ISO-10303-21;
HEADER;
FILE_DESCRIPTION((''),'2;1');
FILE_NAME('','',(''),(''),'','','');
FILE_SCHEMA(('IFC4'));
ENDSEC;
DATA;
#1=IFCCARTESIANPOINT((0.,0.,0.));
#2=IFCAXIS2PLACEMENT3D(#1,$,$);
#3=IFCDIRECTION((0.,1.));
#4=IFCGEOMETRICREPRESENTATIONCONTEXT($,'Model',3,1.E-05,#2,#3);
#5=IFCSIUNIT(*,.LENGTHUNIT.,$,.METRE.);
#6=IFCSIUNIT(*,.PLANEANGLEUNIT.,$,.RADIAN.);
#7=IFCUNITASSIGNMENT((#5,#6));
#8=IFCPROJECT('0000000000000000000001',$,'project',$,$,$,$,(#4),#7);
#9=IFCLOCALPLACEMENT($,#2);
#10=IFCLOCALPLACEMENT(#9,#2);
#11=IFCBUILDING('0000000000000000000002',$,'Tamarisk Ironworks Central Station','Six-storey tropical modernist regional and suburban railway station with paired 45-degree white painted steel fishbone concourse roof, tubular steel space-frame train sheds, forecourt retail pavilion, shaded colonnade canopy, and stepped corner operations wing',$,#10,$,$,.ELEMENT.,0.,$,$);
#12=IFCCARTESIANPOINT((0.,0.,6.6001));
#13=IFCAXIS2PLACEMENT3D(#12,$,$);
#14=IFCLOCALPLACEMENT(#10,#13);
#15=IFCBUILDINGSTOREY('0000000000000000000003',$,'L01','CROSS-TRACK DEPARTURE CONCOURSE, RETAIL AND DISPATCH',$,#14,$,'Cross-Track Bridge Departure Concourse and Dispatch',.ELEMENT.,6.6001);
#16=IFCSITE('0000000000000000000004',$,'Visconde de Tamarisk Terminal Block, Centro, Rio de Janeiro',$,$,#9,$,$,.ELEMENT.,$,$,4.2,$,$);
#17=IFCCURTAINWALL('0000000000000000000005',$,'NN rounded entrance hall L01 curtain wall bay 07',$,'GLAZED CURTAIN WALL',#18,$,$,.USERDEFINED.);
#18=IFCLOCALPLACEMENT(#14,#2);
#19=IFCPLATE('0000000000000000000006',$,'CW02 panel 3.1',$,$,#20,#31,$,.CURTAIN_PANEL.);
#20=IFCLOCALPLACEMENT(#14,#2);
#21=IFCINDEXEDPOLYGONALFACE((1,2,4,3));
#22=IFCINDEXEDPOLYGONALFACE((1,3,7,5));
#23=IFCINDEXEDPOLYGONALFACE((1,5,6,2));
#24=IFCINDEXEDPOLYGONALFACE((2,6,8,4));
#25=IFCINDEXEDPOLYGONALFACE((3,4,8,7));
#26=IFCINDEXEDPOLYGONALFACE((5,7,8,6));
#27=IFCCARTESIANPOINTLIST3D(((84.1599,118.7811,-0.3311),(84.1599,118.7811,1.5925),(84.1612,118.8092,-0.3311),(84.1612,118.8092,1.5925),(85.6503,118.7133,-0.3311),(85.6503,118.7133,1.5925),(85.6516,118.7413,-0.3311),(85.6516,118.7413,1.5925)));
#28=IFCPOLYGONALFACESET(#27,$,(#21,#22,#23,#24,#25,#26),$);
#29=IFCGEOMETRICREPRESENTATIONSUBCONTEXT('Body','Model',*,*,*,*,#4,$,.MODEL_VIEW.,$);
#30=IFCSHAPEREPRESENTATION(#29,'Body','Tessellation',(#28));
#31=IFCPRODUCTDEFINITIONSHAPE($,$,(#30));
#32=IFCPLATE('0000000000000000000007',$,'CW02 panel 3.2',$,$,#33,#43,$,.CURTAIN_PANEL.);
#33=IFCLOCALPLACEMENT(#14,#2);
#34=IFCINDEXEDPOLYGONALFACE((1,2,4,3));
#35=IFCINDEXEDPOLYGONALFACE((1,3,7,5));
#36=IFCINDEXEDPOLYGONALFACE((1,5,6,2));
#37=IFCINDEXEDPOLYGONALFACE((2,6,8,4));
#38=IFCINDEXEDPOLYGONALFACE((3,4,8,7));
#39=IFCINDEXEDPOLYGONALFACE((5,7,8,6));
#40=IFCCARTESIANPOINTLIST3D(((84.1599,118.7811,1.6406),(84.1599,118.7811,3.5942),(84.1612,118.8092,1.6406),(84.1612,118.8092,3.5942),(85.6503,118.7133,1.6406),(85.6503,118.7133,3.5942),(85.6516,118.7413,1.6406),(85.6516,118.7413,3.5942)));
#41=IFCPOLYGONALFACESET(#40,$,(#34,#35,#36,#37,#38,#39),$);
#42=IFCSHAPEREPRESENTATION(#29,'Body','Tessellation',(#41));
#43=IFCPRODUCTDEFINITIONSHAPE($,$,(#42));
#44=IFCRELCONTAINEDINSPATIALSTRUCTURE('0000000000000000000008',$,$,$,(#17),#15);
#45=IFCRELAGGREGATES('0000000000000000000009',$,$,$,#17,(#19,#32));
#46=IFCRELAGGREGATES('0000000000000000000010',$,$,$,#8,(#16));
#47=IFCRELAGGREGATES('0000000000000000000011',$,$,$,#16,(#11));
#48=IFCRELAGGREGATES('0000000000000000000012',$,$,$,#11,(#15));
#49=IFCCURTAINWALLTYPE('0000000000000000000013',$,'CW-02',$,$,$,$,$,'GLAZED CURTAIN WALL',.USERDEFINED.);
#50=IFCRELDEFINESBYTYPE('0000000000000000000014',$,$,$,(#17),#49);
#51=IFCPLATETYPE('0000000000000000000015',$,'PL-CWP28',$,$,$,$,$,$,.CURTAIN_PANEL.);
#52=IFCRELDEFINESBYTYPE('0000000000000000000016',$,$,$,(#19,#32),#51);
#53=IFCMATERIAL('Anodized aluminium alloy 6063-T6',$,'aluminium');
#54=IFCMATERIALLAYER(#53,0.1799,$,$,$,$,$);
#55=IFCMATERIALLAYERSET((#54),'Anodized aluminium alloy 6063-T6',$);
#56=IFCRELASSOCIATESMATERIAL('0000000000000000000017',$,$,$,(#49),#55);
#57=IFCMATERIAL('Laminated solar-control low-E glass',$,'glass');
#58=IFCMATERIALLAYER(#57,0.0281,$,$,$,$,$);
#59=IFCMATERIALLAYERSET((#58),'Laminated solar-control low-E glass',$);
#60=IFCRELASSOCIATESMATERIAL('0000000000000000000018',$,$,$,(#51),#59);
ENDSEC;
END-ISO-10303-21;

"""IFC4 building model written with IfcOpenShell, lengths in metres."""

from ifc_helpers import new_model, si_unit, direction, frame, origin, origin_2d, place, context, subcontext, project, spatial, rectangle, extrude, material, layer, layer_set, type_object, element, aggregate, save


model = new_model("IFC4")

# Units and contexts
model_context = context("Model", 3, precision=1e-05, world=origin(), true_north=direction((0.0, 1.0)))
body_context = subcontext(model_context, "Body", "Model", "MODEL_VIEW")
ifc_project = project(units=[si_unit("LENGTHUNIT", "METRE"), si_unit("PLANEANGLEUNIT", "RADIAN")], contexts=[model_context])

# Site, building, storey
site_placement = place(None, origin())
site = spatial("IfcSite", under=ifc_project, at=site_placement, Name="Visconde de Tamarisk Terminal Block, Centro, Rio de Janeiro", CompositionType="ELEMENT", RefElevation=4.2)
building_placement = place(site_placement, origin())
building = spatial("IfcBuilding", under=site, at=building_placement, Name="Tamarisk Ironworks Central Station", Description="Six-storey tropical modernist regional and suburban railway station with paired 45-degree white painted steel fishbone concourse roof, tubular steel space-frame train sheds, forecourt retail pavilion, shaded colonnade canopy, and stepped corner operations wing", CompositionType="ELEMENT", ElevationOfRefHeight=0.0)
storey_placement = place(building_placement, frame((0.0, 0.0, 6.6001)))
storey = spatial("IfcBuildingStorey", under=building, at=storey_placement, Name="L01", Description="CROSS-TRACK DEPARTURE CONCOURSE, RETAIL AND DISPATCH", LongName="Cross-Track Bridge Departure Concourse and Dispatch", CompositionType="ELEMENT", Elevation=6.6001)

# Curtain wall, plates
ifc_material_1 = material(Name="Anodized aluminium alloy 6063-T6", Category="aluminium")
ifc_layer_1 = layer(ifc_material_1, 0.1799)
ifc_layer_set_1 = layer_set([ifc_layer_1], Name="Anodized aluminium alloy 6063-T6")
curtain_wall_type = type_object("IfcCurtainWallType", Name="CW-02", ElementType="GLAZED CURTAIN WALL", PredefinedType="USERDEFINED", material=ifc_layer_set_1)
curtain_wall_placement = place(storey_placement, origin())
curtain_wall = element("IfcCurtainWall", 1, at=curtain_wall_placement, inside=storey, type_object=curtain_wall_type, Name="NN rounded entrance hall L01 curtain wall bay 07", ObjectType="GLAZED CURTAIN WALL", PredefinedType="USERDEFINED")
ifc_material_2 = material(Name="Laminated solar-control low-E glass", Category="glass")
ifc_layer_2 = layer(ifc_material_2, 0.0281)
ifc_layer_set_2 = layer_set([ifc_layer_2], Name="Laminated solar-control low-E glass")
plate_type = type_object("IfcPlateType", Name="PL-CWP28", PredefinedType="CURTAIN_PANEL", material=ifc_layer_set_2)
plate_1_placement = place(storey_placement, frame((84.9058, 118.7612, -0.3311), z_axis=(0.0, 0.0, 1.0), x_axis=(0.998965, -0.045481, 0.0)))
plate_1 = element("IfcPlate", 2, at=plate_1_placement, type_object=plate_type, Name="CW02 panel 3.1", PredefinedType="CURTAIN_PANEL", context=body_context, shape_type="SweptSolid", body=[
    extrude(rectangle(XDim=1.4919, YDim=0.0281, at=origin_2d()), origin(), (0.0, 0.0, 1.0), 1.9236),
])
plate_2_placement = place(storey_placement, frame((84.9058, 118.7612, 1.6406), z_axis=(0.0, 0.0, 1.0), x_axis=(0.998965, -0.045481, 0.0)))
plate_2 = element("IfcPlate", 3, at=plate_2_placement, type_object=plate_type, Name="CW02 panel 3.2", PredefinedType="CURTAIN_PANEL", context=body_context, shape_type="SweptSolid", body=[
    extrude(rectangle(XDim=1.4919, YDim=0.0281, at=origin_2d()), origin(), (0.0, 0.0, 1.0), 1.9536),
])
aggregate(curtain_wall, [plate_1, plate_2])

save(model, "model.ifc")
